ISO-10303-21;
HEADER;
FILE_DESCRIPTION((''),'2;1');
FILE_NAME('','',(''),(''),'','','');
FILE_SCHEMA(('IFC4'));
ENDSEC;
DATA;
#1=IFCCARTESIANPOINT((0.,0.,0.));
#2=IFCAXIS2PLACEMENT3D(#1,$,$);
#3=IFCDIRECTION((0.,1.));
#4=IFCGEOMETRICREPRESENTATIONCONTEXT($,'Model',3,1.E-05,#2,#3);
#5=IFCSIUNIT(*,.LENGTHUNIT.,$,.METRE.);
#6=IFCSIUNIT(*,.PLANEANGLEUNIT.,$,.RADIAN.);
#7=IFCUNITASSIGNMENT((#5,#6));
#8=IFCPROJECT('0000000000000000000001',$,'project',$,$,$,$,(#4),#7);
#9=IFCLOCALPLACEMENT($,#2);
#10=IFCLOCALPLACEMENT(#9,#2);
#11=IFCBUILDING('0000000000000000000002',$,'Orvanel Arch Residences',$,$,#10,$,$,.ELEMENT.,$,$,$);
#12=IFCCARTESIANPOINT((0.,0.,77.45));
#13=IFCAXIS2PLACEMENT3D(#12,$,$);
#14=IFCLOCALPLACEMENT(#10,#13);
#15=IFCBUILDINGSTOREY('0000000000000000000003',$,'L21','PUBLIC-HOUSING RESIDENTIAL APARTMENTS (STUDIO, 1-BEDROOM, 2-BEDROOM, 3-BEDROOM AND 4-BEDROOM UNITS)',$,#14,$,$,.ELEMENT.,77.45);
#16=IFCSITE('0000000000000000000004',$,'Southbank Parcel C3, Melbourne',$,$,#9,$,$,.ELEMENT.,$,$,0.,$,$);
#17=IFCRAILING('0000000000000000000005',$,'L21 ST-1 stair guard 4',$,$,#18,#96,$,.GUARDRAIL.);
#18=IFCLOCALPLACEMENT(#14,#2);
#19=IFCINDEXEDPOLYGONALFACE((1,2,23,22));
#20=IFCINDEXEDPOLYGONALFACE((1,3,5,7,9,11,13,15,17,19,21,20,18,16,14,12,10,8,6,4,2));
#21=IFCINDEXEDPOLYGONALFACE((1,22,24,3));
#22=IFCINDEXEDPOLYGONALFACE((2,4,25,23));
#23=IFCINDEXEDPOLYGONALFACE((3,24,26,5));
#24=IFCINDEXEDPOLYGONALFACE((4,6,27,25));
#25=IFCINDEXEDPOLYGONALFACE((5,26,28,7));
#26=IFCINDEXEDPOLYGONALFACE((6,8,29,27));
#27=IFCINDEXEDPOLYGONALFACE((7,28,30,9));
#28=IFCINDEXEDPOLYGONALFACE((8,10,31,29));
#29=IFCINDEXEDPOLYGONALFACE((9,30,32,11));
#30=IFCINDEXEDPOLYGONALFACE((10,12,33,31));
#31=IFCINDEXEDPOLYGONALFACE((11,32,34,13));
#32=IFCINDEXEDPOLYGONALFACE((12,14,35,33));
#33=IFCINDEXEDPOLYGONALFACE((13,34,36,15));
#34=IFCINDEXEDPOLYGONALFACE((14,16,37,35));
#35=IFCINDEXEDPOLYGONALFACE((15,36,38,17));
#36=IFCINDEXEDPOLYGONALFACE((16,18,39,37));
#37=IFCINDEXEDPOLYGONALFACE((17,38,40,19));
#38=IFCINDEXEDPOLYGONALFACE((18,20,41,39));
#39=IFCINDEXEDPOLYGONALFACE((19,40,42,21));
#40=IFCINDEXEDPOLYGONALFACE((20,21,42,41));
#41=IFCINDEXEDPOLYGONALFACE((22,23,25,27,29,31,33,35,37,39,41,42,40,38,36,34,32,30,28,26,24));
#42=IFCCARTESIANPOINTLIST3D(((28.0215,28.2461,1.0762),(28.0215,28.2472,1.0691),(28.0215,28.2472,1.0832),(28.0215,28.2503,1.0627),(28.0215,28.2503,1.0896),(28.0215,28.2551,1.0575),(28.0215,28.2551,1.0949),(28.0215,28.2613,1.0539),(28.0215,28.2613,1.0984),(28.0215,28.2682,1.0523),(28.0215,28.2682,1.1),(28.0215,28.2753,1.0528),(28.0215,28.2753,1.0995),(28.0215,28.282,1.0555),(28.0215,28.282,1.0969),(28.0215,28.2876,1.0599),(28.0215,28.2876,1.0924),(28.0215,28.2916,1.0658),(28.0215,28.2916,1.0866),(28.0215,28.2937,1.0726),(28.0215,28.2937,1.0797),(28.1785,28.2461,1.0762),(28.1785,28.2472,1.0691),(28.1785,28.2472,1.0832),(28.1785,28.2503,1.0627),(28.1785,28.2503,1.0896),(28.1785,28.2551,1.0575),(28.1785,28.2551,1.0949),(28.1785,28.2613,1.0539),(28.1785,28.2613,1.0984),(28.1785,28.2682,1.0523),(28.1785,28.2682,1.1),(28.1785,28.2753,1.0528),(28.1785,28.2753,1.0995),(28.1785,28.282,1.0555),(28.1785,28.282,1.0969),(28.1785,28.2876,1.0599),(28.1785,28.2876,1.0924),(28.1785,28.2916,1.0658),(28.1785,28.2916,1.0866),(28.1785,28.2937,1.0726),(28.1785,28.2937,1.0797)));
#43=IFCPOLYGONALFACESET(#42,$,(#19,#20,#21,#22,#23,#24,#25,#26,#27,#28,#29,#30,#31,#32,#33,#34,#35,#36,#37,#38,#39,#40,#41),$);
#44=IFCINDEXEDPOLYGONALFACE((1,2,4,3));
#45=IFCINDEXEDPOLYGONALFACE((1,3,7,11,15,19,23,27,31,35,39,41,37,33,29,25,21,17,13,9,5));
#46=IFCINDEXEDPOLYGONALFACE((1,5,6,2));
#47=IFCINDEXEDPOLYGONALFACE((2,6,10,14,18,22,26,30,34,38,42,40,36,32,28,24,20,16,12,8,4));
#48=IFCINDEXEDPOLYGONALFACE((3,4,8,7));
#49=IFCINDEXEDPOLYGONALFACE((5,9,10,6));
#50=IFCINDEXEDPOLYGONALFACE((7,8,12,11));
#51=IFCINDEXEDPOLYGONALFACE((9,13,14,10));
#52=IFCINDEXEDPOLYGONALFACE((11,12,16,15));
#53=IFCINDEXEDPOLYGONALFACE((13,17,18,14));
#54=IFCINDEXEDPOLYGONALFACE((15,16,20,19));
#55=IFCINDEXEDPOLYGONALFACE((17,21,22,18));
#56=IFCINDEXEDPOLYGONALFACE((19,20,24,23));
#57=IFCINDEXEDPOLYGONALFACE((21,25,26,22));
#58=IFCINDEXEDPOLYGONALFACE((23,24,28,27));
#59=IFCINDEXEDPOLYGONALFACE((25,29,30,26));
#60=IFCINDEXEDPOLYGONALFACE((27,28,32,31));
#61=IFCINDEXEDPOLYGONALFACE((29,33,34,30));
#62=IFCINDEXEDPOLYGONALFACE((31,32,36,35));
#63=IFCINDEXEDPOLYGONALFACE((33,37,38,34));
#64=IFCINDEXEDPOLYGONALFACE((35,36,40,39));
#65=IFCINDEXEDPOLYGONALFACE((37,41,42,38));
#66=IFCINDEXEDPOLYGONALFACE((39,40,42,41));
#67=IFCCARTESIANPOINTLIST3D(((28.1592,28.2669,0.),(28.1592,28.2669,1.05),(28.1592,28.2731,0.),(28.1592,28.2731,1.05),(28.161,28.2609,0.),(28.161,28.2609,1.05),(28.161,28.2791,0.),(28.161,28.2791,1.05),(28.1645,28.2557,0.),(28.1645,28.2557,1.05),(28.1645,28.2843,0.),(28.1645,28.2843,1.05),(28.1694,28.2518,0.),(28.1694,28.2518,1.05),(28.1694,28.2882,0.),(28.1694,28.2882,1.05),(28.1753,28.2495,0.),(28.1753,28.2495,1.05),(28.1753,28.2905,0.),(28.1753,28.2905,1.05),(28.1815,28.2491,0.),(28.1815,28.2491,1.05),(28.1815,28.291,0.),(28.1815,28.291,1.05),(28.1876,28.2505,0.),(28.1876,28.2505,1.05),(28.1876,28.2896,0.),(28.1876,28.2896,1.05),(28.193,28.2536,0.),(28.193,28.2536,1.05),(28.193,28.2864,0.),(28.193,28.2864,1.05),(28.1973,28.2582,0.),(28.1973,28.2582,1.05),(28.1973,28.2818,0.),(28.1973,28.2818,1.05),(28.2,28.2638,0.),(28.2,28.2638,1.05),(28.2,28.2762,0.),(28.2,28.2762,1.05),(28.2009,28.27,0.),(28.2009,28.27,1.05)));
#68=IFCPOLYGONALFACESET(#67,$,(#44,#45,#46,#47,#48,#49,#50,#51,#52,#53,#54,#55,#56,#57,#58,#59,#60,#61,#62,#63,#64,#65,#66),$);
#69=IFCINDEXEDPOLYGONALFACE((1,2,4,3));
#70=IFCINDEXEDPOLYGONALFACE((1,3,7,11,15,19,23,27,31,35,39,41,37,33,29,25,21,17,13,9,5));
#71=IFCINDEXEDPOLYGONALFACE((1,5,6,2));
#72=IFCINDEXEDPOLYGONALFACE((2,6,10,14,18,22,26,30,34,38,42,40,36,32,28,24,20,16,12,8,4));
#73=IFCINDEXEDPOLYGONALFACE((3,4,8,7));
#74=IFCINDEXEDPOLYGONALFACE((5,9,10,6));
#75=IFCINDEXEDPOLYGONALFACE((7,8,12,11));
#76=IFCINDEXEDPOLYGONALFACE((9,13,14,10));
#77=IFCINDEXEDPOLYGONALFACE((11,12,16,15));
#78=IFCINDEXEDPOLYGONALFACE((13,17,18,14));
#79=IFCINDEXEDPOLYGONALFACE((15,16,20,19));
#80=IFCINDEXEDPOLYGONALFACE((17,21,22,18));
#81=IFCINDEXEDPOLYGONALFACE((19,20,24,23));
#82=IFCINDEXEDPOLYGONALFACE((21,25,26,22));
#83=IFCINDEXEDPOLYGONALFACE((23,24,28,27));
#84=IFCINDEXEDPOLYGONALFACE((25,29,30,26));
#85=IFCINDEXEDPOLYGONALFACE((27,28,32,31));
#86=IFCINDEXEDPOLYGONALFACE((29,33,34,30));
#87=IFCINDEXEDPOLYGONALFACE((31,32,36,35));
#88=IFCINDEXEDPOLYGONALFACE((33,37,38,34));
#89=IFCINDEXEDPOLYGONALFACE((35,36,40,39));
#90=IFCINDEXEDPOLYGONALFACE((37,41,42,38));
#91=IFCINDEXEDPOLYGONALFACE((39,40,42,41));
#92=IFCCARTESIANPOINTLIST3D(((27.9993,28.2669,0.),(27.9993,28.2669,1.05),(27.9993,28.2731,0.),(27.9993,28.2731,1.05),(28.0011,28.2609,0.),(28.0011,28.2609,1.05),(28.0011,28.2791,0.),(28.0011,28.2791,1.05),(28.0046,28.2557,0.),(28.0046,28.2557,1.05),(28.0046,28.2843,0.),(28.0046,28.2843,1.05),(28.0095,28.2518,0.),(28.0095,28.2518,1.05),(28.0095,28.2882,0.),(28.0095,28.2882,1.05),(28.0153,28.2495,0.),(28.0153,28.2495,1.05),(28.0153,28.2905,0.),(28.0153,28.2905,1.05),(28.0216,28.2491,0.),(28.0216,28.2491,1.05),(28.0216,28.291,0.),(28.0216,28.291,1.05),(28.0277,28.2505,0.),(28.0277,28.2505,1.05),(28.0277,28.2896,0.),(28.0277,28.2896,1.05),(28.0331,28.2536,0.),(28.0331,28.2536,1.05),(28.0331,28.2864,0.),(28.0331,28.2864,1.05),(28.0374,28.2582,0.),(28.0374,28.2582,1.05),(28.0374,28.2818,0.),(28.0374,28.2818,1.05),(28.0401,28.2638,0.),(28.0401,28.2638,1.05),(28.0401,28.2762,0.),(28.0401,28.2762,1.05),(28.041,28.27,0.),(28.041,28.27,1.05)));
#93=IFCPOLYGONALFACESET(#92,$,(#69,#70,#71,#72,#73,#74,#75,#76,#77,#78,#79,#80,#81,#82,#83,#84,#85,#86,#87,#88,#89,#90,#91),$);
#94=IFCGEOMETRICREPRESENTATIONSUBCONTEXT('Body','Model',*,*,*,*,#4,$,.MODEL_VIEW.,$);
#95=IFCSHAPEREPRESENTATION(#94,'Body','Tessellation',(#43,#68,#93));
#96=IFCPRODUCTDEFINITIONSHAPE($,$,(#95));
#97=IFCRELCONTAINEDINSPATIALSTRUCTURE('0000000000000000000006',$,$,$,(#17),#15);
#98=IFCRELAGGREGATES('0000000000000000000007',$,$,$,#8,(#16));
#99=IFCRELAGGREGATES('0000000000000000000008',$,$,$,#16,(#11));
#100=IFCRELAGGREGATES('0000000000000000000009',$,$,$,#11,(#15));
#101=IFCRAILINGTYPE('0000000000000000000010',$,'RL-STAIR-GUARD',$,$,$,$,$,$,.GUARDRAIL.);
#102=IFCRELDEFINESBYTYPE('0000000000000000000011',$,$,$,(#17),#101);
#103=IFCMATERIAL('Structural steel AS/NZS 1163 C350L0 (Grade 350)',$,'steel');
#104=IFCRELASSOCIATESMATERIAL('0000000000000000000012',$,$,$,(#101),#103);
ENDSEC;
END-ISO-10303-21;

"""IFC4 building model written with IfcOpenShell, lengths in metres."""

from ifc_helpers import new_model, si_unit, direction, frame, origin, origin_2d, place, context, subcontext, project, spatial, circle, extrude, material, type_object, element, save


model = new_model("IFC4")

# Units and contexts
model_context = context("Model", 3, precision=1e-05, world=origin(), true_north=direction((0.0, 1.0)))
body_context = subcontext(model_context, "Body", "Model", "MODEL_VIEW")
ifc_project = project(units=[si_unit("LENGTHUNIT", "METRE"), si_unit("PLANEANGLEUNIT", "RADIAN")], contexts=[model_context])

# Site, building, storey
site_placement = place(None, origin())
site = spatial("IfcSite", under=ifc_project, at=site_placement, Name="Southbank Parcel C3, Melbourne", CompositionType="ELEMENT", RefElevation=0.0)
building_placement = place(site_placement, origin())
building = spatial("IfcBuilding", under=site, at=building_placement, Name="Orvanel Arch Residences", CompositionType="ELEMENT")
storey_placement = place(building_placement, frame((0.0, 0.0, 77.45)))
storey = spatial("IfcBuildingStorey", under=building, at=storey_placement, Name="L21", Description="PUBLIC-HOUSING RESIDENTIAL APARTMENTS (STUDIO, 1-BEDROOM, 2-BEDROOM, 3-BEDROOM AND 4-BEDROOM UNITS)", CompositionType="ELEMENT", Elevation=77.45)

# Railing
ifc_material_1 = material(Name="Structural steel AS/NZS 1163 C350L0 (Grade 350)", Category="steel")
railing_type_1 = type_object("IfcRailingType", Name="RL-STAIR-GUARD", PredefinedType="GUARDRAIL", material=ifc_material_1)
railing_1_placement = place(storey_placement, frame((28.1799, 28.27, 0.0)))
element("IfcRailing", 1, at=railing_1_placement, inside=storey, type_object=railing_type_1, Name="L21 ST-1 stair guard 4", PredefinedType="GUARDRAIL", context=body_context, shape_type="SweptSolid", body=[
    extrude(circle(Radius=0.0239, at=origin_2d()), frame((-0.0015, 0.0, 1.0762), z_axis=(-1.0, 0.0, 0.0), x_axis=(0.0, -1.0, 0.0)), (0.0, 0.0, 1.0), 0.157),
    extrude(circle(Radius=0.021, at=origin_2d()), origin(), (0.0, 0.0, 1.0), 1.05),
    extrude(circle(Radius=0.021, at=origin_2d()), frame((-0.1599, 0.0, 0.0)), (0.0, 0.0, 1.0), 1.05),
])

save(model, "model.ifc")
